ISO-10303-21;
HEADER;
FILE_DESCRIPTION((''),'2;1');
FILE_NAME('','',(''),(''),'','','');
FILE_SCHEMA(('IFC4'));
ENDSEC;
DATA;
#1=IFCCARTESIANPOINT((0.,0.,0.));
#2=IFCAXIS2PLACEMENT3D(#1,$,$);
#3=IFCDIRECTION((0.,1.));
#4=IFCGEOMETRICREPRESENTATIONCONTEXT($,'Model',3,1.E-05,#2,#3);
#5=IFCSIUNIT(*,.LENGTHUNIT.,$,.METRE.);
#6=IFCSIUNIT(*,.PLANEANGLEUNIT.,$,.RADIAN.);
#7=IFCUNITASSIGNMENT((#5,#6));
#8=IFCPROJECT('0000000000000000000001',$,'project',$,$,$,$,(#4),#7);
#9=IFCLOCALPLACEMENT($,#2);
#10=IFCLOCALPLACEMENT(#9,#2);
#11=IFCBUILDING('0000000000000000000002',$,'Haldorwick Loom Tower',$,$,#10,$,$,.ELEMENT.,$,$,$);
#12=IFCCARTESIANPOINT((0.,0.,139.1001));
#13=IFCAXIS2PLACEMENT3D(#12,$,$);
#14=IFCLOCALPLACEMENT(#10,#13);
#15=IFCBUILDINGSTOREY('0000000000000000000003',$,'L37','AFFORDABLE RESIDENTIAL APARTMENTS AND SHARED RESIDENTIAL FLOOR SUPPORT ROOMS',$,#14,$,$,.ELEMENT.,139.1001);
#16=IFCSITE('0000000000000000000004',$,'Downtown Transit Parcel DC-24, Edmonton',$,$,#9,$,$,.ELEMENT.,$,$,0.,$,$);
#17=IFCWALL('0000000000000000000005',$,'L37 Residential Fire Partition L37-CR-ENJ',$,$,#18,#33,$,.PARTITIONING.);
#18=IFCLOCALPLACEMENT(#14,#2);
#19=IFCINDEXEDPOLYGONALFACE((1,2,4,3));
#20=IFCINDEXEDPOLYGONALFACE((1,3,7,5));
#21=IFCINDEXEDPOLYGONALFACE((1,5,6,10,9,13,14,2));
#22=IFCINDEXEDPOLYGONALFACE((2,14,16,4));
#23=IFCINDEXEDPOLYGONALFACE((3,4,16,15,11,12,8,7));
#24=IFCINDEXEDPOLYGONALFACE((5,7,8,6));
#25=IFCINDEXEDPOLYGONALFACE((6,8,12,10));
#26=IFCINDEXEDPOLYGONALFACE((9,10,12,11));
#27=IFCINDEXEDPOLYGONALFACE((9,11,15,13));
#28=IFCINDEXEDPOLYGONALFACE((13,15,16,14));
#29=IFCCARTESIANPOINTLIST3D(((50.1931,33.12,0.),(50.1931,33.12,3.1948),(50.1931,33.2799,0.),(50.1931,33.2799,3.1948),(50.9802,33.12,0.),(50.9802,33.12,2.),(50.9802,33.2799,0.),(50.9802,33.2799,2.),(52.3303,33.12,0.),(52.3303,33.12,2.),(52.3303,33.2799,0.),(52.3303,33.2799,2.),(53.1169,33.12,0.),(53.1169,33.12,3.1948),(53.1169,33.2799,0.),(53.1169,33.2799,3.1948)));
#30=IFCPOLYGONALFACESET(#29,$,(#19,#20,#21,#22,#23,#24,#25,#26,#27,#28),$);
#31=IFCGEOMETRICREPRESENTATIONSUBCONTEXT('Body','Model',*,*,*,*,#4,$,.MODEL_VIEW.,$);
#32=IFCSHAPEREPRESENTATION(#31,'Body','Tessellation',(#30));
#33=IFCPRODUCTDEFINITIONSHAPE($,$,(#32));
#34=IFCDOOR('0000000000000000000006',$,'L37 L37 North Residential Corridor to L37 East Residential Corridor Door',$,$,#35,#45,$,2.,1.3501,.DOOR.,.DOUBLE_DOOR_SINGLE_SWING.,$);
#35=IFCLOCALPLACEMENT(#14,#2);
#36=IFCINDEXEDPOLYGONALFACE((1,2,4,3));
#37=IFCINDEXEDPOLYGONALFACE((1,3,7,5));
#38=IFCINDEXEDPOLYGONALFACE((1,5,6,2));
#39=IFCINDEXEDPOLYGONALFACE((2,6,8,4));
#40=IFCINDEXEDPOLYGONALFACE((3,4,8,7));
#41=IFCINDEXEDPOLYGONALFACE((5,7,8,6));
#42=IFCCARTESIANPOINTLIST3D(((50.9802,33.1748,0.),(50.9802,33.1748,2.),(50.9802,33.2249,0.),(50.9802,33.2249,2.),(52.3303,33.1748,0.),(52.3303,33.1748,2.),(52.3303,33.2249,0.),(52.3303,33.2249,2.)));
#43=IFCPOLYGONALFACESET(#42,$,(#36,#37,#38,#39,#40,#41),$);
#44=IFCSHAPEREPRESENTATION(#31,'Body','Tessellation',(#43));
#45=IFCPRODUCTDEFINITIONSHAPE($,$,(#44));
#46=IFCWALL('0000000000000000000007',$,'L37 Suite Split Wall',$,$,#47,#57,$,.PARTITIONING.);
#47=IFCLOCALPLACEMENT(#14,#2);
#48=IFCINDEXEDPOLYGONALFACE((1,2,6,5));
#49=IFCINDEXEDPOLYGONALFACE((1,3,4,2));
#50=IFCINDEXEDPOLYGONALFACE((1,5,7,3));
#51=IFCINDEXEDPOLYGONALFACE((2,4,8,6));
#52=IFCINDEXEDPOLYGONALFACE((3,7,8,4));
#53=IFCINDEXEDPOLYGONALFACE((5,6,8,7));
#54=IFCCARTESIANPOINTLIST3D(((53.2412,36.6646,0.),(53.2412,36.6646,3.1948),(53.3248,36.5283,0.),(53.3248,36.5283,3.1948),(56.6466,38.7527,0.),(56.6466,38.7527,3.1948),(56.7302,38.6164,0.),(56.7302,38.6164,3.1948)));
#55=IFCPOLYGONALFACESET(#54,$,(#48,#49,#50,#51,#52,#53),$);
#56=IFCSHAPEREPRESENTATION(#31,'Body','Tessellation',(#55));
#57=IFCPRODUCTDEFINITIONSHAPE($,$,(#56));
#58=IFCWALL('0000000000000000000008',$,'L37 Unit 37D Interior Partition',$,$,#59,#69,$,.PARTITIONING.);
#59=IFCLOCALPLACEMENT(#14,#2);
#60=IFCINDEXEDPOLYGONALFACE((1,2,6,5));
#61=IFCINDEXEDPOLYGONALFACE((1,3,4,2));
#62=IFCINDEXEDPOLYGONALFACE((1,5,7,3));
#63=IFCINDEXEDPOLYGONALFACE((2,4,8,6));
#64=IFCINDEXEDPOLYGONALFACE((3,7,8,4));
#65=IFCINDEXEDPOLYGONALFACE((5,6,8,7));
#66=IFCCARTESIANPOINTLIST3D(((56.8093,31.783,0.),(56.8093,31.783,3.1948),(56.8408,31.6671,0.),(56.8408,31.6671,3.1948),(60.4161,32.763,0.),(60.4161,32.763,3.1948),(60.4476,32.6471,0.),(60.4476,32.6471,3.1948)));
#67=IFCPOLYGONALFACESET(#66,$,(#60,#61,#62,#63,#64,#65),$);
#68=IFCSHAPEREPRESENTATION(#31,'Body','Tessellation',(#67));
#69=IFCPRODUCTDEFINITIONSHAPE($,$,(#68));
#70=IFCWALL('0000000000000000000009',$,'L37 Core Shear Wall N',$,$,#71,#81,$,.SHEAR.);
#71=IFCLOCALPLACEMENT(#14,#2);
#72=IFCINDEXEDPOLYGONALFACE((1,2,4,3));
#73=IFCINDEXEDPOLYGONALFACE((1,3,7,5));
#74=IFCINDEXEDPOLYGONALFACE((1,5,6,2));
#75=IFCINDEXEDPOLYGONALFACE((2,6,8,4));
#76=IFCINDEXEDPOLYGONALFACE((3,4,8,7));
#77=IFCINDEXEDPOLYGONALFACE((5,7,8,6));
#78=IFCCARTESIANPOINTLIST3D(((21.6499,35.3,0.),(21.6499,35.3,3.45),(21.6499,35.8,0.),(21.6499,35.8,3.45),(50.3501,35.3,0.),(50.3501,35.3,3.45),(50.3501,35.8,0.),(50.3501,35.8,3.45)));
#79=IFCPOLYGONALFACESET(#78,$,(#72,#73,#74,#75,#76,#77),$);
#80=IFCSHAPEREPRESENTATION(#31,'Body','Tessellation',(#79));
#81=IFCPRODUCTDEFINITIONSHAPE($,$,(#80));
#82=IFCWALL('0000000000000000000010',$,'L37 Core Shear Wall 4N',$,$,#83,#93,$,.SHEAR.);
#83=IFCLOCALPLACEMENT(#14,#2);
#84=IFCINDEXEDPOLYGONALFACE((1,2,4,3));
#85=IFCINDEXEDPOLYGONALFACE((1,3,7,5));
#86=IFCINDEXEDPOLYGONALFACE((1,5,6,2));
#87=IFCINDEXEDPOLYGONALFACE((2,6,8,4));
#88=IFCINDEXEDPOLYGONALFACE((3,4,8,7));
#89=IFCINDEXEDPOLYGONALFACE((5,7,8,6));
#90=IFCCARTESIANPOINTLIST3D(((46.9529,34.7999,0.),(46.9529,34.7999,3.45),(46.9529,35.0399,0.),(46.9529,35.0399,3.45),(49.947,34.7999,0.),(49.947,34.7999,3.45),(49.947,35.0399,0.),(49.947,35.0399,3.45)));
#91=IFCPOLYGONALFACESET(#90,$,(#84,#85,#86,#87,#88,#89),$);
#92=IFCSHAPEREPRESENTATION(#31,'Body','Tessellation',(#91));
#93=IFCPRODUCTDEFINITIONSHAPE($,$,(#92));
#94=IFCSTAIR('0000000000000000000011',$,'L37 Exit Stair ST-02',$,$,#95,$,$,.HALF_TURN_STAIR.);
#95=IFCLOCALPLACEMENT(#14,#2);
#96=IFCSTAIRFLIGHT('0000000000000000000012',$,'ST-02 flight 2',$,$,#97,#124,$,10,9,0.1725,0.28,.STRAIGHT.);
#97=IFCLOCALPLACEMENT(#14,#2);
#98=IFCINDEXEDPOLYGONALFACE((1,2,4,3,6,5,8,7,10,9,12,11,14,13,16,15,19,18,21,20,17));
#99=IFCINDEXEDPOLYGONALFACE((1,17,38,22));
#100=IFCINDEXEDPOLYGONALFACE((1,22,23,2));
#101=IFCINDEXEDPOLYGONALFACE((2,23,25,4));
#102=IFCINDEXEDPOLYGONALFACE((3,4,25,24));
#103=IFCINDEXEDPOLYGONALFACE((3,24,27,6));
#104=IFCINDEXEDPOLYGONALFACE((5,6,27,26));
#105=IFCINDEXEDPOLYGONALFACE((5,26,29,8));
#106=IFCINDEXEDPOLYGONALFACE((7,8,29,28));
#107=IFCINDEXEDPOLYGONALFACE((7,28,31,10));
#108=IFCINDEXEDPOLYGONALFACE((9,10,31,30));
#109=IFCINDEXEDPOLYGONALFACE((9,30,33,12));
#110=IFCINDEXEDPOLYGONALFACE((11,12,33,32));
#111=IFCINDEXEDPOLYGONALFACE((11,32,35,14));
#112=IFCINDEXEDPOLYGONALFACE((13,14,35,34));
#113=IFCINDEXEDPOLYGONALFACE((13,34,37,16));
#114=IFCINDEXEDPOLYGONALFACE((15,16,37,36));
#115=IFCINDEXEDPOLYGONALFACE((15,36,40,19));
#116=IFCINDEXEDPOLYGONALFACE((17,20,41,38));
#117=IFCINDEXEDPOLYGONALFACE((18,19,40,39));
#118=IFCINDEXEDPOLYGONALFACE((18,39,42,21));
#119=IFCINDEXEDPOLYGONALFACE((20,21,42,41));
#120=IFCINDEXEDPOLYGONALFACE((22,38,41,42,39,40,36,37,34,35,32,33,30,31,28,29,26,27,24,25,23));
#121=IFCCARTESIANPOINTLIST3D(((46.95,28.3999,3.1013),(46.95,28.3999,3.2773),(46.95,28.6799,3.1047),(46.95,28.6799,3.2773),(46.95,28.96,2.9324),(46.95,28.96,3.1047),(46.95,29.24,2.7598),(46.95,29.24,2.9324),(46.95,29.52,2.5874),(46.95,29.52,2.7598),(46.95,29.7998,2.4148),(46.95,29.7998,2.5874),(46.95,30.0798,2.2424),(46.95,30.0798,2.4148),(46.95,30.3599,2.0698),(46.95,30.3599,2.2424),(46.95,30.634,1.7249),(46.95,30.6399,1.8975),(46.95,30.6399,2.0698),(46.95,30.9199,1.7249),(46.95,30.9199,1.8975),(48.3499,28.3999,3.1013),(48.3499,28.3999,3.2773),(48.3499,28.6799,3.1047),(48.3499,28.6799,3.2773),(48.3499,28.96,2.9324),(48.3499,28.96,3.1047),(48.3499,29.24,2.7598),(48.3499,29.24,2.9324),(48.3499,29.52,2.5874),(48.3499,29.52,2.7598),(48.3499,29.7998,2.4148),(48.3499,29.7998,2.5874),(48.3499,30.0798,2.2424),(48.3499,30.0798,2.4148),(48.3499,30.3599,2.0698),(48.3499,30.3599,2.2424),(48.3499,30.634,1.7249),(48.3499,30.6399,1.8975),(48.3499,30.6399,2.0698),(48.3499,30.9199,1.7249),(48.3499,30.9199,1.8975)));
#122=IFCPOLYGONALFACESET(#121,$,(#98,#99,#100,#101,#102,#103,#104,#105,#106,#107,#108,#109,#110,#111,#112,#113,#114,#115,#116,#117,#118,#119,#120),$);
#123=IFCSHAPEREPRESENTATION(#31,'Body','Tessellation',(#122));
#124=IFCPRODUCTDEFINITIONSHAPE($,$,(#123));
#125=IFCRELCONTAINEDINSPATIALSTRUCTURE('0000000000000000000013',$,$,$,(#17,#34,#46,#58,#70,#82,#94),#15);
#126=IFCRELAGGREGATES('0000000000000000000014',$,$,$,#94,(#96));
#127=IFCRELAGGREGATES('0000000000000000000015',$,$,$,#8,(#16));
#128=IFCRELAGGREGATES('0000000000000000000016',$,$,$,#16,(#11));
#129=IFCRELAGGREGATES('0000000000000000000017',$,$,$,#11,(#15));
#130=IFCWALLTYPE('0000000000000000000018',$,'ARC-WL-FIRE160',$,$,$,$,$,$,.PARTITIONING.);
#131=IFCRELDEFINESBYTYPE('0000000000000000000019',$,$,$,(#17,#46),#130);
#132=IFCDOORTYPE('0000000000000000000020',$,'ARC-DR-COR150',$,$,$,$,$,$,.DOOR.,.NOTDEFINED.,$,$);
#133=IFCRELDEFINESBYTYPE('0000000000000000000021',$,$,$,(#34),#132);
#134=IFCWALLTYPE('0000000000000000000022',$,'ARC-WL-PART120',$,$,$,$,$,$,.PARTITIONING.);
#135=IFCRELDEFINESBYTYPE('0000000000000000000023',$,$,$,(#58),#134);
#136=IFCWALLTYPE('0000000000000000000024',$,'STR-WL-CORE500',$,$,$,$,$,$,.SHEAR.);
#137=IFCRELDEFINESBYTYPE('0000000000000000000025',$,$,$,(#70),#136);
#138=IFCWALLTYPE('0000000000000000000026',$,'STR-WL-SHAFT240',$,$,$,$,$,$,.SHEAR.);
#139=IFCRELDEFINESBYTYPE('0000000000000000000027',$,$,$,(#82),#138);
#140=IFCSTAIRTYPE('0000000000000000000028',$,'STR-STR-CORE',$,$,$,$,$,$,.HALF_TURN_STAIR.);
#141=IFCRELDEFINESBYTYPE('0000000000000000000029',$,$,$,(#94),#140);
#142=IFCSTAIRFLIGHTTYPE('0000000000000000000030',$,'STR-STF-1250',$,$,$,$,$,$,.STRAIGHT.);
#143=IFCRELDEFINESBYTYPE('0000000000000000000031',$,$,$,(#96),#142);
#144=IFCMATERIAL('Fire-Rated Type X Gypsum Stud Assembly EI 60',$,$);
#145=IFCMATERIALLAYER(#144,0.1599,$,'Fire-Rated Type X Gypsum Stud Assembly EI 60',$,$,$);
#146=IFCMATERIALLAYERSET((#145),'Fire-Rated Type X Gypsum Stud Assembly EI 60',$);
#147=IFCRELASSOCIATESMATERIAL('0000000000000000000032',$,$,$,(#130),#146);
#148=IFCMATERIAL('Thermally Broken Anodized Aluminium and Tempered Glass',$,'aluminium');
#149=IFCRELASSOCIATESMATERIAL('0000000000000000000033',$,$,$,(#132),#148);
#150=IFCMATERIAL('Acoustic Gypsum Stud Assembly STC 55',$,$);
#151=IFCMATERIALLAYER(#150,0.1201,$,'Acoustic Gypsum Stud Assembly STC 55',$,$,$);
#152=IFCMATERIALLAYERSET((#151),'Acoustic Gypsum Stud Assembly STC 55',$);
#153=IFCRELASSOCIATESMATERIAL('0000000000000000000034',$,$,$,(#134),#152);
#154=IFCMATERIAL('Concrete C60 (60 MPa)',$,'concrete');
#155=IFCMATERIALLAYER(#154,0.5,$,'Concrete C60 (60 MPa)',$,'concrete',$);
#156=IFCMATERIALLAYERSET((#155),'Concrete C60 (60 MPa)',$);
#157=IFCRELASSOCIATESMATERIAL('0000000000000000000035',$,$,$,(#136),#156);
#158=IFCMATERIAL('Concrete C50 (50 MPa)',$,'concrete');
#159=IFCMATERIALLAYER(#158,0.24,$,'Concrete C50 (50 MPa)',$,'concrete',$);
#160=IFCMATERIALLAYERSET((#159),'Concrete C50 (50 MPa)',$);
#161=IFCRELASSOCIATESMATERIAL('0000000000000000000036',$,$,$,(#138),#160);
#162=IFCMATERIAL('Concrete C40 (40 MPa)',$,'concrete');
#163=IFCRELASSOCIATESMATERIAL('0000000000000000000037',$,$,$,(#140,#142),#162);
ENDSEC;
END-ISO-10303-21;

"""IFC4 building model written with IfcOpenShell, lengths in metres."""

from ifc_helpers import new_model, si_unit, direction, frame, frame_2d, origin, place, context, subcontext, project, spatial, polyline, rectangle, outline, extrude, material, layer, layer_set, type_object, element, fill, aggregate, save


model = new_model("IFC4")

# Units and contexts
model_context = context("Model", 3, precision=1e-05, world=origin(), true_north=direction((0.0, 1.0)))
body_context = subcontext(model_context, "Body", "Model", "MODEL_VIEW")
ifc_project = project(units=[si_unit("LENGTHUNIT", "METRE"), si_unit("PLANEANGLEUNIT", "RADIAN")], contexts=[model_context])

# Site, building, storey
site_placement = place(None, origin())
site = spatial("IfcSite", under=ifc_project, at=site_placement, Name="Downtown Transit Parcel DC-24, Edmonton", CompositionType="ELEMENT", RefElevation=0.0)
building_placement = place(site_placement, origin())
building = spatial("IfcBuilding", under=site, at=building_placement, Name="Haldorwick Loom Tower", CompositionType="ELEMENT")
storey_placement = place(building_placement, frame((0.0, 0.0, 139.1001)))
storey = spatial("IfcBuildingStorey", under=building, at=storey_placement, Name="L37", Description="AFFORDABLE RESIDENTIAL APARTMENTS AND SHARED RESIDENTIAL FLOOR SUPPORT ROOMS", CompositionType="ELEMENT", Elevation=139.1001)

# Shared definitions
ifc_material_1 = material(Name="Concrete C60 (60 MPa)", Category="concrete")

# Wall, opening, door
ifc_material_2 = material(Name="Fire-Rated Type X Gypsum Stud Assembly EI 60")
ifc_layer_1 = layer(ifc_material_2, 0.1599, Name="Fire-Rated Type X Gypsum Stud Assembly EI 60")
ifc_layer_set_1 = layer_set([ifc_layer_1], Name="Fire-Rated Type X Gypsum Stud Assembly EI 60")
wall_type_1 = type_object("IfcWallType", Name="ARC-WL-FIRE160", PredefinedType="PARTITIONING", material=ifc_layer_set_1)
wall_1_placement = place(storey_placement, frame((50.1931, 33.2, 0.0), z_axis=(0.0, 0.0, 1.0), x_axis=(1.0, 0.0, 0.0)))
wall_1 = element("IfcWall", 1, at=wall_1_placement, inside=storey, type_object=wall_type_1, Name="L37 Residential Fire Partition L37-CR-ENJ", PredefinedType="PARTITIONING", context=body_context, shape_type="SweptSolid", body=[
    extrude(rectangle(XDim=2.9238, YDim=0.1599, at=frame_2d((1.4619, 0.0))), origin(), (0.0, 0.0, 1.0), 3.1948),
])
opening_1_placement = place(wall_1_placement, frame((0.7871, 0.0, 0.0)))
opening_1 = element("IfcOpeningElement", 2, at=opening_1_placement, cuts=wall_1, PredefinedType="OPENING", context=body_context, shape_type="SweptSolid", body=[
    extrude(rectangle(XDim=1.3501, YDim=2.0, at=frame_2d((0.675, 1.0))), frame((0.0, 0.0898, 0.0), z_axis=(0.0, -1.0, 0.0), x_axis=(1.0, 0.0, 0.0)), (0.0, 0.0, 1.0), 0.1799),
])
ifc_material_3 = material(Name="Thermally Broken Anodized Aluminium and Tempered Glass", Category="aluminium")
door_type = type_object("IfcDoorType", Name="ARC-DR-COR150", OperationType="NOTDEFINED", PredefinedType="DOOR", material=ifc_material_3)
door_placement = place(opening_1_placement, origin())
door = element("IfcDoor", 3, at=door_placement, inside=storey, type_object=door_type, Name="L37 L37 North Residential Corridor to L37 East Residential Corridor Door", OperationType="DOUBLE_DOOR_SINGLE_SWING", OverallHeight=2.0, OverallWidth=1.3501, PredefinedType="DOOR", context=body_context, shape_type="SweptSolid", body=[
    extrude(rectangle(XDim=1.3501, YDim=2.0, at=frame_2d((0.675, 1.0))), frame((0.0, 0.0249, 0.0), z_axis=(0.0, -1.0, 0.0), x_axis=(1.0, 0.0, 0.0)), (0.0, 0.0, 1.0), 0.05),
])
fill(opening_1, door)

# Walls
wall_2_placement = place(storey_placement, frame((53.283, 36.5964, 0.0), z_axis=(0.0, 0.0, 1.0), x_axis=(0.852503, 0.522723, 0.0)))
element("IfcWall", 4, at=wall_2_placement, inside=storey, type_object=wall_type_1, Name="L37 Suite Split Wall", PredefinedType="PARTITIONING", context=body_context, shape_type="SweptSolid", body=[
    extrude(rectangle(XDim=3.9946, YDim=0.1599, at=frame_2d((1.9973, 0.0))), origin(), (0.0, 0.0, 1.0), 3.1948),
])
ifc_material_4 = material(Name="Acoustic Gypsum Stud Assembly STC 55")
ifc_layer_2 = layer(ifc_material_4, 0.1201, Name="Acoustic Gypsum Stud Assembly STC 55")
ifc_layer_set_2 = layer_set([ifc_layer_2], Name="Acoustic Gypsum Stud Assembly STC 55")
wall_type_2 = type_object("IfcWallType", Name="ARC-WL-PART120", PredefinedType="PARTITIONING", material=ifc_layer_set_2)
wall_3_placement = place(storey_placement, frame((56.8252, 31.7251, 0.0), z_axis=(0.0, 0.0, 1.0), x_axis=(0.965012, 0.262205, 0.0)))
element("IfcWall", 5, at=wall_3_placement, inside=storey, type_object=wall_type_2, Name="L37 Unit 37D Interior Partition", PredefinedType="PARTITIONING", context=body_context, shape_type="SweptSolid", body=[
    extrude(rectangle(XDim=3.7375, YDim=0.1201, at=frame_2d((1.8687, 0.0))), origin(), (0.0, 0.0, 1.0), 3.1948),
])
ifc_layer_3 = layer(ifc_material_1, 0.5, Name="Concrete C60 (60 MPa)", Category="concrete")
ifc_layer_set_3 = layer_set([ifc_layer_3], Name="Concrete C60 (60 MPa)")
wall_type_3 = type_object("IfcWallType", Name="STR-WL-CORE500", PredefinedType="SHEAR", material=ifc_layer_set_3)
wall_4_placement = place(storey_placement, frame((50.3501, 35.55, 0.0), z_axis=(0.0, 0.0, 1.0), x_axis=(-1.0, 0.0, 0.0)))
element("IfcWall", 6, at=wall_4_placement, inside=storey, type_object=wall_type_3, Name="L37 Core Shear Wall N", PredefinedType="SHEAR", context=body_context, shape_type="SweptSolid", body=[
    extrude(rectangle(XDim=28.7002, YDim=0.5, at=frame_2d((14.3501, 0.0))), origin(), (0.0, 0.0, 1.0), 3.45),
])
ifc_material_5 = material(Name="Concrete C50 (50 MPa)", Category="concrete")
ifc_layer_4 = layer(ifc_material_5, 0.24, Name="Concrete C50 (50 MPa)", Category="concrete")
ifc_layer_set_4 = layer_set([ifc_layer_4], Name="Concrete C50 (50 MPa)")
wall_type_4 = type_object("IfcWallType", Name="STR-WL-SHAFT240", PredefinedType="SHEAR", material=ifc_layer_set_4)
wall_5_placement = place(storey_placement, frame((46.9529, 34.9199, 0.0), z_axis=(0.0, 0.0, 1.0), x_axis=(1.0, 0.0, 0.0)))
element("IfcWall", 7, at=wall_5_placement, inside=storey, type_object=wall_type_4, Name="L37 Core Shear Wall 4N", PredefinedType="SHEAR", context=body_context, shape_type="SweptSolid", body=[
    extrude(rectangle(XDim=2.9941, YDim=0.24, at=frame_2d((1.4971, 0.0))), origin(), (0.0, 0.0, 1.0), 3.45),
])

# Stair, stair flight
ifc_material_6 = material(Name="Concrete C40 (40 MPa)", Category="concrete")
stair_type = type_object("IfcStairType", Name="STR-STR-CORE", PredefinedType="HALF_TURN_STAIR", material=ifc_material_6)
stair_placement = place(storey_placement, origin())
stair = element("IfcStair", 8, at=stair_placement, inside=storey, type_object=stair_type, Name="L37 Exit Stair ST-02", PredefinedType="HALF_TURN_STAIR")
stair_flight_type = type_object("IfcStairFlightType", Name="STR-STF-1250", PredefinedType="STRAIGHT", material=ifc_material_6)
stair_flight_placement = place(storey_placement, frame((47.6499, 30.9199, 1.7249), z_axis=(0.0, 0.0, 1.0), x_axis=(0.0, -1.0, 0.0)))
stair_flight = element("IfcStairFlight", 9, at=stair_flight_placement, type_object=stair_flight_type, Name="ST-02 flight 2", NumberOfRisers=10, NumberOfTreads=9, PredefinedType="STRAIGHT", RiserHeight=0.1725, TreadLength=0.28, context=body_context, shape_type="SweptSolid", body=[
    extrude(outline(polyline([(0.0, 0.0), (0.0, 0.1726), (0.28, 0.1726), (0.28, 0.345), (0.5601, 0.345), (0.5601, 0.5176), (0.8401, 0.5176), (0.8401, 0.6899), (1.1201, 0.6899), (1.1201, 0.8625), (1.3999, 0.8625), (1.3999, 1.0349), (1.6799, 1.0349), (1.6799, 1.2075), (1.96, 1.2075), (1.96, 1.3799), (2.24, 1.3799), (2.24, 1.5525), (2.52, 1.5525), (2.52, 1.7251), (2.52, 1.3765), (0.2859, 0.0), (0.0, 0.0)])), frame((0.0, 0.7, 0.0), z_axis=(0.0, -1.0, 0.0), x_axis=(1.0, 0.0, 0.0)), (0.0, 0.0, 1.0), 1.3999),
])
aggregate(stair, [stair_flight])

save(model, "model.ifc")
